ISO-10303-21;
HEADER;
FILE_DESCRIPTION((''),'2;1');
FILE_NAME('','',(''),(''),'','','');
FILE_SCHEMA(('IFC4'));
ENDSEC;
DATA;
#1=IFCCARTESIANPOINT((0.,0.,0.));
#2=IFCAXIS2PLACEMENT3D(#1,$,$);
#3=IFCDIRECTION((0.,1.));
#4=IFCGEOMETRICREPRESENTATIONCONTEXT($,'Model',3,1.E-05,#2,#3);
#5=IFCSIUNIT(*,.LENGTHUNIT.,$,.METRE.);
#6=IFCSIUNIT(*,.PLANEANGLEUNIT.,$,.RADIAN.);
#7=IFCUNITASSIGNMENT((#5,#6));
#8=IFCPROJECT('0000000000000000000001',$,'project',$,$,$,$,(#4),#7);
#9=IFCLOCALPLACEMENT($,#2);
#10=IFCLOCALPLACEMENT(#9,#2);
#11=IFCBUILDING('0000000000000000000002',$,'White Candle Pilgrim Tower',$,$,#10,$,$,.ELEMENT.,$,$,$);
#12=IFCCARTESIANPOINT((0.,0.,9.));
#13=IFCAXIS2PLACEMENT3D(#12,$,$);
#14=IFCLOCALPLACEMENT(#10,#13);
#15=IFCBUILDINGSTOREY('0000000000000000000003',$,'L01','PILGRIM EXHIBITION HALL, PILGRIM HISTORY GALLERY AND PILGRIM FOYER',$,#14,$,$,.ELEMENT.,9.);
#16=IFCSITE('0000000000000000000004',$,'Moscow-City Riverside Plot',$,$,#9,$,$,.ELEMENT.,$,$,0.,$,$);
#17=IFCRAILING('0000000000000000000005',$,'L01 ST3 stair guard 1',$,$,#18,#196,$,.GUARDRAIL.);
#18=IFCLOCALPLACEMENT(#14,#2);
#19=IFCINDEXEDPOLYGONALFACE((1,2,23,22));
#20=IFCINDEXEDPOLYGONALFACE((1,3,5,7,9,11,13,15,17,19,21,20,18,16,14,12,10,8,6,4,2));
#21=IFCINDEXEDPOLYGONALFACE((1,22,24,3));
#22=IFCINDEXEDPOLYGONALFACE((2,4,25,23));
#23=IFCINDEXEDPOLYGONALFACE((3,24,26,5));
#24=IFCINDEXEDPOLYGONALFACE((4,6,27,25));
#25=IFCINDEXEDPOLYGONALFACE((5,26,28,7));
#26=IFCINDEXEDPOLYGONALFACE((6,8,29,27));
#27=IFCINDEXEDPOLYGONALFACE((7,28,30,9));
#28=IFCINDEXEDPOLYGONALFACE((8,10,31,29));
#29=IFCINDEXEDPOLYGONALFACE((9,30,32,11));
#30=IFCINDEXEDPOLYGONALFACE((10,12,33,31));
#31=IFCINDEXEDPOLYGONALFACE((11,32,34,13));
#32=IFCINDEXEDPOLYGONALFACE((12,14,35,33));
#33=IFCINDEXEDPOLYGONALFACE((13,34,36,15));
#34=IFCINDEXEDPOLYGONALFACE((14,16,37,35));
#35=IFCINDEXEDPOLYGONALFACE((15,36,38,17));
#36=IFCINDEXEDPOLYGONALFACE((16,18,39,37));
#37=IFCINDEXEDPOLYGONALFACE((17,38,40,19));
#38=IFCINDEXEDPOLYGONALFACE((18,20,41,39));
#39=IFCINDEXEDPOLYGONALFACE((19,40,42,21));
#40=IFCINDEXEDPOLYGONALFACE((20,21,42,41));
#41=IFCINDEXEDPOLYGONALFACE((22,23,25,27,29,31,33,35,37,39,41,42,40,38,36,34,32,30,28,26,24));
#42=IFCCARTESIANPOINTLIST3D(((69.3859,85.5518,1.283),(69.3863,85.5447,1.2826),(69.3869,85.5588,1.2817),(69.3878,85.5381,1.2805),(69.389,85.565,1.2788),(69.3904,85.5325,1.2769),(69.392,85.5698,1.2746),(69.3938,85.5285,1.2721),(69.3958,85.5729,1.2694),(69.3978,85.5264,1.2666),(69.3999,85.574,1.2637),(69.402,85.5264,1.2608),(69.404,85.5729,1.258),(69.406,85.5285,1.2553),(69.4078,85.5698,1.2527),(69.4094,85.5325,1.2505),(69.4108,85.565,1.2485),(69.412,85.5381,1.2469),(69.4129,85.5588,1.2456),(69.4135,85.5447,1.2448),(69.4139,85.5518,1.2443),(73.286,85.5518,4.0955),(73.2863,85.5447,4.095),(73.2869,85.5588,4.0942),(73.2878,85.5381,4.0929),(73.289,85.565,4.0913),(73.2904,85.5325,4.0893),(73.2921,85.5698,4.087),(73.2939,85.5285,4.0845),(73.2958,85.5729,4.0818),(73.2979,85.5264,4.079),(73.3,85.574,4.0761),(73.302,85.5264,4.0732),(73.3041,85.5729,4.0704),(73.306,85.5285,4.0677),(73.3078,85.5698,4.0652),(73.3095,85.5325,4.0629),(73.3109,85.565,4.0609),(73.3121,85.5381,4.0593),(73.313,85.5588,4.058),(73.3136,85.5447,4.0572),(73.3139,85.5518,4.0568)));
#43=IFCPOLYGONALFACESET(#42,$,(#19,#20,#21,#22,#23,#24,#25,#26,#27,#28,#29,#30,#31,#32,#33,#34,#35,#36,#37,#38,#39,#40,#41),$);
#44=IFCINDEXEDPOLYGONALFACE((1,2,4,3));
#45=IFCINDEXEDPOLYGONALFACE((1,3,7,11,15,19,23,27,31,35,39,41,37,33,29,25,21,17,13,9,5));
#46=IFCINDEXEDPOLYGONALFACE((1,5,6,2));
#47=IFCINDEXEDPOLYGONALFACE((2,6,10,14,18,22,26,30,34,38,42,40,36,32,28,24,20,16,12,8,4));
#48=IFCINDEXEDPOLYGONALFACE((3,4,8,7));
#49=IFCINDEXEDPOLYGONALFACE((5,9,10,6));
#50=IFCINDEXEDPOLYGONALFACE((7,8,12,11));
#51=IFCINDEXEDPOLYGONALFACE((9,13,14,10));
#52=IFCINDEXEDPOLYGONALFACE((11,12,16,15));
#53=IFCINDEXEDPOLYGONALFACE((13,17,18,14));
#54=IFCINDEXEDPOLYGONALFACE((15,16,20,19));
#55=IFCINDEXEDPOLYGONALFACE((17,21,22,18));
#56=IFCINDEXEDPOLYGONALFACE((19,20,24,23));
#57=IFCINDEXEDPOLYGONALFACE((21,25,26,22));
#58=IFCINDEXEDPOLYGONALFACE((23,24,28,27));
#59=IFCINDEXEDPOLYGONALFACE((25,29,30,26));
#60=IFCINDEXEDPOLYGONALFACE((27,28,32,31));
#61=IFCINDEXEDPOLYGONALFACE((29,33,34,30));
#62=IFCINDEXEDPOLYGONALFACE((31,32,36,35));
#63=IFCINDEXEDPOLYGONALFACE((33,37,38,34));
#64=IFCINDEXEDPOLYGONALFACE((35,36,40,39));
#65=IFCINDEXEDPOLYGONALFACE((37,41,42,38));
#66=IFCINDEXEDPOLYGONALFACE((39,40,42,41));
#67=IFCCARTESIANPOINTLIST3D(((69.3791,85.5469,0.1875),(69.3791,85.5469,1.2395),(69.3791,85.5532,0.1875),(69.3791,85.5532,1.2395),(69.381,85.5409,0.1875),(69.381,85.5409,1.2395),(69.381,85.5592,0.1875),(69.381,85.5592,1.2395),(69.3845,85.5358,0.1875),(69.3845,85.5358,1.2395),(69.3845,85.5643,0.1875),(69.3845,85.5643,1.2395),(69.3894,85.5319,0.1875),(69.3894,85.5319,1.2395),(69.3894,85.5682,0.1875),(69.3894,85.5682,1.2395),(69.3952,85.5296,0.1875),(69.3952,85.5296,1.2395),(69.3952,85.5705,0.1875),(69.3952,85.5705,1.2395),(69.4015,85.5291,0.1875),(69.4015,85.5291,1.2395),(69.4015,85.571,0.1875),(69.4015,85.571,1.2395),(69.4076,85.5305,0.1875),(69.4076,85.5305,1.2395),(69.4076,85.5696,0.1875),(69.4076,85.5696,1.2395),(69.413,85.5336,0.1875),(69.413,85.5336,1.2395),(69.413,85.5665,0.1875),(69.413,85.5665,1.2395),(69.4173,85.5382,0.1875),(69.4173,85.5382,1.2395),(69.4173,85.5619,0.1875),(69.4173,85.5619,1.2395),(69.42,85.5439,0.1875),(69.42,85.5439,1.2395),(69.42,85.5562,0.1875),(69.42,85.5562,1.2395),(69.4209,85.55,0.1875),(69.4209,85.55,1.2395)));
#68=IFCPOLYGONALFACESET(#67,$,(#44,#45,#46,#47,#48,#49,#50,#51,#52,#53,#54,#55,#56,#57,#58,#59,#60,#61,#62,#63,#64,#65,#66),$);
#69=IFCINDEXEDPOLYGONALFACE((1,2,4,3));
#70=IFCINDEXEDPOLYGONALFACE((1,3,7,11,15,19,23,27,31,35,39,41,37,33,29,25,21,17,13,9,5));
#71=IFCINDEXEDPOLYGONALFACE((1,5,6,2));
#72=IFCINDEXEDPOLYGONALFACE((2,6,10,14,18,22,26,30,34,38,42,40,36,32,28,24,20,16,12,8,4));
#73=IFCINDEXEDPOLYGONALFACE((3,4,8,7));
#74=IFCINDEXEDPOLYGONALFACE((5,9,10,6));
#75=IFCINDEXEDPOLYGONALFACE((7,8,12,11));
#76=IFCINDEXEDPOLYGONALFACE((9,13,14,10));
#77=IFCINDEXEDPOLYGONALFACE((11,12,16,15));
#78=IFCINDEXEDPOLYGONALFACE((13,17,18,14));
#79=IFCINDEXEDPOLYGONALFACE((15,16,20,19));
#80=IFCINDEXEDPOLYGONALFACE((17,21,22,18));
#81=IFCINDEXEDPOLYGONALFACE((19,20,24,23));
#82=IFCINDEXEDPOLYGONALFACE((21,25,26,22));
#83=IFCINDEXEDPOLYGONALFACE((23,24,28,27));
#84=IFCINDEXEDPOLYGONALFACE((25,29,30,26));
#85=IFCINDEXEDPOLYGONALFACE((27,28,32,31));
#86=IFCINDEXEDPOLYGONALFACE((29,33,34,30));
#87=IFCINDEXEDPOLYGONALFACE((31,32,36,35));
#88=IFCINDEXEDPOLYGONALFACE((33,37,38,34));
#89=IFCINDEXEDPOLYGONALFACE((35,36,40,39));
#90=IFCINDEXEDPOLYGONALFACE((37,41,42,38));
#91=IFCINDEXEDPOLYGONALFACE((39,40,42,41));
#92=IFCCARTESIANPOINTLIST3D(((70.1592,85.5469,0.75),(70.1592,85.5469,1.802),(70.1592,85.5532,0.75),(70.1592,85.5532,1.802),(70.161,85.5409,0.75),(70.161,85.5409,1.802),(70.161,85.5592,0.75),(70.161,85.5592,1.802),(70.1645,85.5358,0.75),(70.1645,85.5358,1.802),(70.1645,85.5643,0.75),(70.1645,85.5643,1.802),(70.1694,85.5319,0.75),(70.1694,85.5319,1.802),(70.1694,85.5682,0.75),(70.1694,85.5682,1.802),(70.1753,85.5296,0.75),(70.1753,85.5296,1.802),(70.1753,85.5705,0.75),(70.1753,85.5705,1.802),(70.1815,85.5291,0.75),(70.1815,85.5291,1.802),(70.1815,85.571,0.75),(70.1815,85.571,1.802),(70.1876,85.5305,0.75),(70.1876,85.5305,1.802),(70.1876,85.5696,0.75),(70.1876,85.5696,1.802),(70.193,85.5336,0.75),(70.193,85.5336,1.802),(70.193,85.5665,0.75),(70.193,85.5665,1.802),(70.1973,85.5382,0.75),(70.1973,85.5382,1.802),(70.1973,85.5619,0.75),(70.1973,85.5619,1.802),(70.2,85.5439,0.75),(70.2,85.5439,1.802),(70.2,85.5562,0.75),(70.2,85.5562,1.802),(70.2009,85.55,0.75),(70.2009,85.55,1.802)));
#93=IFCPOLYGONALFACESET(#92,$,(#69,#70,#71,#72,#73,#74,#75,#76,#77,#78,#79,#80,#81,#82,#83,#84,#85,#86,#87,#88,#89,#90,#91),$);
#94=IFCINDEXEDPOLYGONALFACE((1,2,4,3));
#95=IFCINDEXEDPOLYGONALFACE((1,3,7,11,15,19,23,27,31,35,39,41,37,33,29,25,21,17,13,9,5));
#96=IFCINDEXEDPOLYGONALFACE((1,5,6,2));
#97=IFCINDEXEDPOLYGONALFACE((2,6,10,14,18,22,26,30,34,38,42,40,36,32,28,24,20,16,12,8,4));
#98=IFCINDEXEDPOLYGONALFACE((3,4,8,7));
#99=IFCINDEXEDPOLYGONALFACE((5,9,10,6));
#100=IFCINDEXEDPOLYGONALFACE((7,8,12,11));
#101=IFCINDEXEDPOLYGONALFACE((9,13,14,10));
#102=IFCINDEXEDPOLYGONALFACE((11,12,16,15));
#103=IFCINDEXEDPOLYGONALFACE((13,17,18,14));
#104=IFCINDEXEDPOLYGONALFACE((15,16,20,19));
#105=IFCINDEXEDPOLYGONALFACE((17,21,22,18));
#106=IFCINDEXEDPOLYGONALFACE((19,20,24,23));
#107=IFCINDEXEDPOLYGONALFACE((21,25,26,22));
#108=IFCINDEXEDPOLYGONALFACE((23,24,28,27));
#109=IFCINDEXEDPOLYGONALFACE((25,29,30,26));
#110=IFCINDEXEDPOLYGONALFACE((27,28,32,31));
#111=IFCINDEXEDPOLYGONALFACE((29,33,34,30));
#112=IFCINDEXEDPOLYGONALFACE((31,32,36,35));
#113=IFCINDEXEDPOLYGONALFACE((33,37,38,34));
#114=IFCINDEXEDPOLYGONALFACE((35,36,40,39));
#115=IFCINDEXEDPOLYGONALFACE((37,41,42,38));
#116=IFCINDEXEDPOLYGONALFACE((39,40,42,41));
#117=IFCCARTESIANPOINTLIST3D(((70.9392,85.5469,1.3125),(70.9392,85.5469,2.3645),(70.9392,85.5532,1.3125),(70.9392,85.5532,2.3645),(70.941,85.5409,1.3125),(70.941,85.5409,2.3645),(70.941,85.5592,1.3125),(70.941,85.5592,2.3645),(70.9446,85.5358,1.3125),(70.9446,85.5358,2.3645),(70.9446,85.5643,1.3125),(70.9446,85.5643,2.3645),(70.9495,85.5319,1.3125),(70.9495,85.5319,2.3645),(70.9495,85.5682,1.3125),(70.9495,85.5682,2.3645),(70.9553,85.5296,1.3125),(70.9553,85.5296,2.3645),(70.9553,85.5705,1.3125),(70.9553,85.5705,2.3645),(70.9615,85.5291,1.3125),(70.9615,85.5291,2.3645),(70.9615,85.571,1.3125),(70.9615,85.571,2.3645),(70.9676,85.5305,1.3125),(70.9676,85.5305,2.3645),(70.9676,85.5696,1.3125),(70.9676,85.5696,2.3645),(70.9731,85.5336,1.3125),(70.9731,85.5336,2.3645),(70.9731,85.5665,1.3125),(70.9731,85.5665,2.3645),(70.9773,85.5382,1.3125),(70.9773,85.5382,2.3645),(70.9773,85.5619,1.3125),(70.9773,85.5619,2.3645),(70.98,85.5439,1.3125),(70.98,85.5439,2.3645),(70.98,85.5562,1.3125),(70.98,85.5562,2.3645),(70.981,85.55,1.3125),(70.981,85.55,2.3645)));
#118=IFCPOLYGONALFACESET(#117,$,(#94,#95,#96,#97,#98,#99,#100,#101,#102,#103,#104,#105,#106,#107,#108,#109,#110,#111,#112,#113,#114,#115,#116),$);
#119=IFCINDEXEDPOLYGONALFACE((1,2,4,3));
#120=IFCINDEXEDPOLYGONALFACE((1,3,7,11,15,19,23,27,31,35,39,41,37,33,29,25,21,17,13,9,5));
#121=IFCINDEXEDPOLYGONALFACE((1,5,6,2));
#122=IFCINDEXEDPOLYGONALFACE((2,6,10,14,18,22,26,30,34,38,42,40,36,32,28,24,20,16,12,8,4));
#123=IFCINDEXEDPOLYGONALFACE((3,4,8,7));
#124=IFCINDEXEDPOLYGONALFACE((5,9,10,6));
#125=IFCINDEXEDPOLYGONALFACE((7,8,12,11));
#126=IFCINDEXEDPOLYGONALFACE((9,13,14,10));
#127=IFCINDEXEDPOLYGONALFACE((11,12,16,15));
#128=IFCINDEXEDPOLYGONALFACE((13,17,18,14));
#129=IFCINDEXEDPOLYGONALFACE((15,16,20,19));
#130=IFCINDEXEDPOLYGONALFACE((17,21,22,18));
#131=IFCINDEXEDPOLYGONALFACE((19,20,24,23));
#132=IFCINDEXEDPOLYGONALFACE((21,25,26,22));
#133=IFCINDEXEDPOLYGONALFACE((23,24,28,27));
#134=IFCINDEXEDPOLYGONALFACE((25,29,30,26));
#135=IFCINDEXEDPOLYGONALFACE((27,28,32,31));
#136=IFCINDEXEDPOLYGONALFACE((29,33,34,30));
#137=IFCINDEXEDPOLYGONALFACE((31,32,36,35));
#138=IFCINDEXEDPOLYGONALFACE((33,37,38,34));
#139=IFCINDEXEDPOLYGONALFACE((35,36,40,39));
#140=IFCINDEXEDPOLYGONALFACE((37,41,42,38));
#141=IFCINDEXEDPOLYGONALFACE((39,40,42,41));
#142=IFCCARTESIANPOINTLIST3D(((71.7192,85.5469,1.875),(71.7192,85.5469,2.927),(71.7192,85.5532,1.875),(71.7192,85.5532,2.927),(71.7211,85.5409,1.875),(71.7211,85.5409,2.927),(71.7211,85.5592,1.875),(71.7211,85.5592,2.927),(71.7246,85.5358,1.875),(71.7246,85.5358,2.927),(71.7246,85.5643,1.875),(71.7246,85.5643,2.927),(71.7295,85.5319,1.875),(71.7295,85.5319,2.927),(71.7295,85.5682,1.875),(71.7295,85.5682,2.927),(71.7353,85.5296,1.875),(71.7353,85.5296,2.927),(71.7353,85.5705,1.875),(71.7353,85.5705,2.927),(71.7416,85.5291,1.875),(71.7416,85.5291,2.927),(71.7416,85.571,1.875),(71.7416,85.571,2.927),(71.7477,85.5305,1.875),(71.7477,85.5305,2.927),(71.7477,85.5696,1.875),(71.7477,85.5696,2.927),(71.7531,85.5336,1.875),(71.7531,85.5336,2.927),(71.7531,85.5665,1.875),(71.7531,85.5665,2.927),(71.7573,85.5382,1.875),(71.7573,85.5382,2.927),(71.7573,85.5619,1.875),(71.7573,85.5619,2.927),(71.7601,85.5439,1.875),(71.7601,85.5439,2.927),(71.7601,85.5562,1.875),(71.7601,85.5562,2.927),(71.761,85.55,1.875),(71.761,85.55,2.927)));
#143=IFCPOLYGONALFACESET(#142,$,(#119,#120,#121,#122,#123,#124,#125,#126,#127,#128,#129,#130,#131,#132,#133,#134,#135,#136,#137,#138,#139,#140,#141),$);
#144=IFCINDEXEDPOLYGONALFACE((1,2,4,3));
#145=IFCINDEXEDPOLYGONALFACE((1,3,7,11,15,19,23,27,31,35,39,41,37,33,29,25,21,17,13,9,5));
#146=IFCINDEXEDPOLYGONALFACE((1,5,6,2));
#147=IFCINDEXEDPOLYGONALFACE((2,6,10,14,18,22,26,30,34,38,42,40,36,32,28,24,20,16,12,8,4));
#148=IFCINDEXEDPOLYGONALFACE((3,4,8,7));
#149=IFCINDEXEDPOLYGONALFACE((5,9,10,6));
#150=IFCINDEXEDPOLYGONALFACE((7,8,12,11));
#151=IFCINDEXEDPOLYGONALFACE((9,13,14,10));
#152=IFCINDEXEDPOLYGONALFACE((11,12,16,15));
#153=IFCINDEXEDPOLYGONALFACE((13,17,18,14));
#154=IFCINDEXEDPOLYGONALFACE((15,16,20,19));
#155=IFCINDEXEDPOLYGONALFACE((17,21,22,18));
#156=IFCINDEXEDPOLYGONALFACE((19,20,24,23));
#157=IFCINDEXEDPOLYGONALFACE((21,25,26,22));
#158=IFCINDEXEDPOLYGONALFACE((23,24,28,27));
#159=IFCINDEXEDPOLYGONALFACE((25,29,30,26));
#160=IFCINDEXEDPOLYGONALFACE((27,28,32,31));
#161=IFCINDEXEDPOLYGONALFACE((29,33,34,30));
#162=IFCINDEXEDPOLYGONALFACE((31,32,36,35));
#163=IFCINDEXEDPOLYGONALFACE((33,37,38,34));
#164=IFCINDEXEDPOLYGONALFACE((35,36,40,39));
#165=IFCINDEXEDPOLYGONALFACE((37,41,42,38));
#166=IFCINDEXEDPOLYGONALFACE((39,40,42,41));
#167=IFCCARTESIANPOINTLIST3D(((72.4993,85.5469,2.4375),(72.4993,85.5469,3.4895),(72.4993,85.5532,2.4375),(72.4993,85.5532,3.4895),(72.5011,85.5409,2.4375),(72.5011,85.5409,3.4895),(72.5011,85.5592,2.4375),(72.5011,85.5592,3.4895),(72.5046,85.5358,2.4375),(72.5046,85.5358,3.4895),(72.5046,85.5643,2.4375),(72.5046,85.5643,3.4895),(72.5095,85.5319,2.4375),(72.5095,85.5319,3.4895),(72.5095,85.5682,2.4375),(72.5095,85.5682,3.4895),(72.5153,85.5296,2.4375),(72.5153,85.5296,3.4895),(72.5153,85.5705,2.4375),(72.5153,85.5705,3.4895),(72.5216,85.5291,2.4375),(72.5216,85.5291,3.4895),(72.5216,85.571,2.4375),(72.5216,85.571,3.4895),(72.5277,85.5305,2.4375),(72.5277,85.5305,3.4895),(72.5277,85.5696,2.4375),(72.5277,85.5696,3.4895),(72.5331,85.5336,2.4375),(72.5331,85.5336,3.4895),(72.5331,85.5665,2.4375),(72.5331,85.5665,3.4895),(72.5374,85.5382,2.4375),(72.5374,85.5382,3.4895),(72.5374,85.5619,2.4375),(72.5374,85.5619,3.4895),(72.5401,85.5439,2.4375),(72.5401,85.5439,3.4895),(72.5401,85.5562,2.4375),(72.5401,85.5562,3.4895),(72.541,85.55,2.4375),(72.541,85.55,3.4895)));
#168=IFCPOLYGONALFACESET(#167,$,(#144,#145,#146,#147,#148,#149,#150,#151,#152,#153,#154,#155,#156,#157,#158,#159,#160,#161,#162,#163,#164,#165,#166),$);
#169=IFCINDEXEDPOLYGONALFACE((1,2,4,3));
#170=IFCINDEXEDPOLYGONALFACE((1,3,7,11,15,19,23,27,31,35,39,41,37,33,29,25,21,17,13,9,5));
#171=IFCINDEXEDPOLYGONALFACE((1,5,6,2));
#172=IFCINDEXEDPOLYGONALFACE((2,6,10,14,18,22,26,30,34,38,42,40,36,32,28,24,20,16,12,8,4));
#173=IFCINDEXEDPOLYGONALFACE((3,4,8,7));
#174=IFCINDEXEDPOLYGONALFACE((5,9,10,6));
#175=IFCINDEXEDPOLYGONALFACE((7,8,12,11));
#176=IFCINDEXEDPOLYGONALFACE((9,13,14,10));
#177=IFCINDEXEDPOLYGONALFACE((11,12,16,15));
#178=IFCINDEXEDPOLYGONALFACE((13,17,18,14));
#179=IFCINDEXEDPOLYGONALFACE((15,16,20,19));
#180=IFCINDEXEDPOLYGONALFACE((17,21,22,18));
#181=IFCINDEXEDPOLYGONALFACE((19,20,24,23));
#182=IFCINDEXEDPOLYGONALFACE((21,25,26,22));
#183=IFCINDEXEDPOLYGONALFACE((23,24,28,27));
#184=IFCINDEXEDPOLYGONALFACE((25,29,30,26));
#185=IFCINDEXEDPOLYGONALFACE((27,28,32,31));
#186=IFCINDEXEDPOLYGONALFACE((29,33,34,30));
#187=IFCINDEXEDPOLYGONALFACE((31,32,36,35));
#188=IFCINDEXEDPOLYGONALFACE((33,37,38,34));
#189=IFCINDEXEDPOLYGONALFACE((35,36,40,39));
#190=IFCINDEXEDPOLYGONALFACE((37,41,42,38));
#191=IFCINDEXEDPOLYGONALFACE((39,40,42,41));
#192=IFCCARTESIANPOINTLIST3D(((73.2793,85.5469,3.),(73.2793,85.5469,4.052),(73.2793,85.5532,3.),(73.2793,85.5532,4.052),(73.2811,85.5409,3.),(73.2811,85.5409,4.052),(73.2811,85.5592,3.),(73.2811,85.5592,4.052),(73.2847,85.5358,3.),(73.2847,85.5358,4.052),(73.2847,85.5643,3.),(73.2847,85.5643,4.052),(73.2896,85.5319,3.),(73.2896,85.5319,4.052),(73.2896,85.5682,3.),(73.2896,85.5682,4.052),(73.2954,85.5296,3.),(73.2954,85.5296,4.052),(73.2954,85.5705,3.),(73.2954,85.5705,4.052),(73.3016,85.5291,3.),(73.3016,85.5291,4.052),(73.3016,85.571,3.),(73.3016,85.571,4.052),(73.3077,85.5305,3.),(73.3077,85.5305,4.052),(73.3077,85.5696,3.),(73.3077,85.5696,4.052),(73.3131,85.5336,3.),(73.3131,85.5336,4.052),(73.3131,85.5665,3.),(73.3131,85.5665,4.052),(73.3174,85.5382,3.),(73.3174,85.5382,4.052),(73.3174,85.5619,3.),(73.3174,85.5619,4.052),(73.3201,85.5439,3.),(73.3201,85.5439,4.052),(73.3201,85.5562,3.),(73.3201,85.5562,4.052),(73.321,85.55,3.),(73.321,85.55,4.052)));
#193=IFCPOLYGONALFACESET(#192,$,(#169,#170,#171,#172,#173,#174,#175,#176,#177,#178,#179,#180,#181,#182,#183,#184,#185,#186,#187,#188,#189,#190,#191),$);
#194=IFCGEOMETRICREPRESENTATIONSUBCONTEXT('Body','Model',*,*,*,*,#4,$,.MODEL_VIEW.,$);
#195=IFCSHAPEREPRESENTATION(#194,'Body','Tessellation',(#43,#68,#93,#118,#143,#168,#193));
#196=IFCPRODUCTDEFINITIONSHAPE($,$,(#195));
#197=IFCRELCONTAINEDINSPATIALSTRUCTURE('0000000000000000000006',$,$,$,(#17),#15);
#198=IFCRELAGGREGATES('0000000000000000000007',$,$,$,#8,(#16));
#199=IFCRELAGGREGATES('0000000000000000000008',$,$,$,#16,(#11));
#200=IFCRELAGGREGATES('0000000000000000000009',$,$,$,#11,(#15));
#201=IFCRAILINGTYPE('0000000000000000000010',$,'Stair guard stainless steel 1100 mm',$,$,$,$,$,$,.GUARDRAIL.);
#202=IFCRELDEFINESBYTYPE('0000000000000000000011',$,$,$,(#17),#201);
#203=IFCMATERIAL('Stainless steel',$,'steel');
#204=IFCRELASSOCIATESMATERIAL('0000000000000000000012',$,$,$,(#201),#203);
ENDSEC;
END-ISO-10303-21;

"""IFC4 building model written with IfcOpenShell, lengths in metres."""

from ifc_helpers import new_model, si_unit, direction, frame, origin, origin_2d, place, context, subcontext, project, spatial, circle, extrude, material, type_object, element, save


model = new_model("IFC4")

# Units and contexts
model_context = context("Model", 3, precision=1e-05, world=origin(), true_north=direction((0.0, 1.0)))
body_context = subcontext(model_context, "Body", "Model", "MODEL_VIEW")
ifc_project = project(units=[si_unit("LENGTHUNIT", "METRE"), si_unit("PLANEANGLEUNIT", "RADIAN")], contexts=[model_context])

# Site, building, storey
site_placement = place(None, origin())
site = spatial("IfcSite", under=ifc_project, at=site_placement, Name="Moscow-City Riverside Plot", CompositionType="ELEMENT", RefElevation=0.0)
building_placement = place(site_placement, origin())
building = spatial("IfcBuilding", under=site, at=building_placement, Name="White Candle Pilgrim Tower", CompositionType="ELEMENT")
storey_placement = place(building_placement, frame((0.0, 0.0, 9.0)))
storey = spatial("IfcBuildingStorey", under=building, at=storey_placement, Name="L01", Description="PILGRIM EXHIBITION HALL, PILGRIM HISTORY GALLERY AND PILGRIM FOYER", CompositionType="ELEMENT", Elevation=9.0)

# Railing
ifc_material_1 = material(Name="Stainless steel", Category="steel")
railing_type_1 = type_object("IfcRailingType", Name="Stair guard stainless steel 1100 mm", PredefinedType="GUARDRAIL", material=ifc_material_1)
railing_1_placement = place(storey_placement, frame((69.3999, 85.55, 0.1875)))
element("IfcRailing", 1, at=railing_1_placement, inside=storey, type_object=railing_type_1, Name="L01 ST3 stair guard 1", PredefinedType="GUARDRAIL", context=body_context, shape_type="SweptSolid", body=[
    extrude(circle(Radius=0.0239, at=origin_2d()), frame((0.0, 0.0, 1.0762), z_axis=(0.811101, 0.0, 0.584906), x_axis=(0.0, 1.0, 0.0)), (0.0, 0.0, 1.0), 4.8083),
    extrude(circle(Radius=0.021, at=origin_2d()), origin(), (0.0, 0.0, 1.0), 1.052),
    extrude(circle(Radius=0.021, at=origin_2d()), frame((0.78, 0.0, 0.5625)), (0.0, 0.0, 1.0), 1.052),
    extrude(circle(Radius=0.021, at=origin_2d()), frame((1.5601, 0.0, 1.125)), (0.0, 0.0, 1.0), 1.052),
    extrude(circle(Radius=0.021, at=origin_2d()), frame((2.3401, 0.0, 1.6875)), (0.0, 0.0, 1.0), 1.052),
    extrude(circle(Radius=0.021, at=origin_2d()), frame((3.1201, 0.0, 2.25)), (0.0, 0.0, 1.0), 1.052),
    extrude(circle(Radius=0.021, at=origin_2d()), frame((3.9001, 0.0, 2.8125)), (0.0, 0.0, 1.0), 1.052),
])

save(model, "model.ifc")
